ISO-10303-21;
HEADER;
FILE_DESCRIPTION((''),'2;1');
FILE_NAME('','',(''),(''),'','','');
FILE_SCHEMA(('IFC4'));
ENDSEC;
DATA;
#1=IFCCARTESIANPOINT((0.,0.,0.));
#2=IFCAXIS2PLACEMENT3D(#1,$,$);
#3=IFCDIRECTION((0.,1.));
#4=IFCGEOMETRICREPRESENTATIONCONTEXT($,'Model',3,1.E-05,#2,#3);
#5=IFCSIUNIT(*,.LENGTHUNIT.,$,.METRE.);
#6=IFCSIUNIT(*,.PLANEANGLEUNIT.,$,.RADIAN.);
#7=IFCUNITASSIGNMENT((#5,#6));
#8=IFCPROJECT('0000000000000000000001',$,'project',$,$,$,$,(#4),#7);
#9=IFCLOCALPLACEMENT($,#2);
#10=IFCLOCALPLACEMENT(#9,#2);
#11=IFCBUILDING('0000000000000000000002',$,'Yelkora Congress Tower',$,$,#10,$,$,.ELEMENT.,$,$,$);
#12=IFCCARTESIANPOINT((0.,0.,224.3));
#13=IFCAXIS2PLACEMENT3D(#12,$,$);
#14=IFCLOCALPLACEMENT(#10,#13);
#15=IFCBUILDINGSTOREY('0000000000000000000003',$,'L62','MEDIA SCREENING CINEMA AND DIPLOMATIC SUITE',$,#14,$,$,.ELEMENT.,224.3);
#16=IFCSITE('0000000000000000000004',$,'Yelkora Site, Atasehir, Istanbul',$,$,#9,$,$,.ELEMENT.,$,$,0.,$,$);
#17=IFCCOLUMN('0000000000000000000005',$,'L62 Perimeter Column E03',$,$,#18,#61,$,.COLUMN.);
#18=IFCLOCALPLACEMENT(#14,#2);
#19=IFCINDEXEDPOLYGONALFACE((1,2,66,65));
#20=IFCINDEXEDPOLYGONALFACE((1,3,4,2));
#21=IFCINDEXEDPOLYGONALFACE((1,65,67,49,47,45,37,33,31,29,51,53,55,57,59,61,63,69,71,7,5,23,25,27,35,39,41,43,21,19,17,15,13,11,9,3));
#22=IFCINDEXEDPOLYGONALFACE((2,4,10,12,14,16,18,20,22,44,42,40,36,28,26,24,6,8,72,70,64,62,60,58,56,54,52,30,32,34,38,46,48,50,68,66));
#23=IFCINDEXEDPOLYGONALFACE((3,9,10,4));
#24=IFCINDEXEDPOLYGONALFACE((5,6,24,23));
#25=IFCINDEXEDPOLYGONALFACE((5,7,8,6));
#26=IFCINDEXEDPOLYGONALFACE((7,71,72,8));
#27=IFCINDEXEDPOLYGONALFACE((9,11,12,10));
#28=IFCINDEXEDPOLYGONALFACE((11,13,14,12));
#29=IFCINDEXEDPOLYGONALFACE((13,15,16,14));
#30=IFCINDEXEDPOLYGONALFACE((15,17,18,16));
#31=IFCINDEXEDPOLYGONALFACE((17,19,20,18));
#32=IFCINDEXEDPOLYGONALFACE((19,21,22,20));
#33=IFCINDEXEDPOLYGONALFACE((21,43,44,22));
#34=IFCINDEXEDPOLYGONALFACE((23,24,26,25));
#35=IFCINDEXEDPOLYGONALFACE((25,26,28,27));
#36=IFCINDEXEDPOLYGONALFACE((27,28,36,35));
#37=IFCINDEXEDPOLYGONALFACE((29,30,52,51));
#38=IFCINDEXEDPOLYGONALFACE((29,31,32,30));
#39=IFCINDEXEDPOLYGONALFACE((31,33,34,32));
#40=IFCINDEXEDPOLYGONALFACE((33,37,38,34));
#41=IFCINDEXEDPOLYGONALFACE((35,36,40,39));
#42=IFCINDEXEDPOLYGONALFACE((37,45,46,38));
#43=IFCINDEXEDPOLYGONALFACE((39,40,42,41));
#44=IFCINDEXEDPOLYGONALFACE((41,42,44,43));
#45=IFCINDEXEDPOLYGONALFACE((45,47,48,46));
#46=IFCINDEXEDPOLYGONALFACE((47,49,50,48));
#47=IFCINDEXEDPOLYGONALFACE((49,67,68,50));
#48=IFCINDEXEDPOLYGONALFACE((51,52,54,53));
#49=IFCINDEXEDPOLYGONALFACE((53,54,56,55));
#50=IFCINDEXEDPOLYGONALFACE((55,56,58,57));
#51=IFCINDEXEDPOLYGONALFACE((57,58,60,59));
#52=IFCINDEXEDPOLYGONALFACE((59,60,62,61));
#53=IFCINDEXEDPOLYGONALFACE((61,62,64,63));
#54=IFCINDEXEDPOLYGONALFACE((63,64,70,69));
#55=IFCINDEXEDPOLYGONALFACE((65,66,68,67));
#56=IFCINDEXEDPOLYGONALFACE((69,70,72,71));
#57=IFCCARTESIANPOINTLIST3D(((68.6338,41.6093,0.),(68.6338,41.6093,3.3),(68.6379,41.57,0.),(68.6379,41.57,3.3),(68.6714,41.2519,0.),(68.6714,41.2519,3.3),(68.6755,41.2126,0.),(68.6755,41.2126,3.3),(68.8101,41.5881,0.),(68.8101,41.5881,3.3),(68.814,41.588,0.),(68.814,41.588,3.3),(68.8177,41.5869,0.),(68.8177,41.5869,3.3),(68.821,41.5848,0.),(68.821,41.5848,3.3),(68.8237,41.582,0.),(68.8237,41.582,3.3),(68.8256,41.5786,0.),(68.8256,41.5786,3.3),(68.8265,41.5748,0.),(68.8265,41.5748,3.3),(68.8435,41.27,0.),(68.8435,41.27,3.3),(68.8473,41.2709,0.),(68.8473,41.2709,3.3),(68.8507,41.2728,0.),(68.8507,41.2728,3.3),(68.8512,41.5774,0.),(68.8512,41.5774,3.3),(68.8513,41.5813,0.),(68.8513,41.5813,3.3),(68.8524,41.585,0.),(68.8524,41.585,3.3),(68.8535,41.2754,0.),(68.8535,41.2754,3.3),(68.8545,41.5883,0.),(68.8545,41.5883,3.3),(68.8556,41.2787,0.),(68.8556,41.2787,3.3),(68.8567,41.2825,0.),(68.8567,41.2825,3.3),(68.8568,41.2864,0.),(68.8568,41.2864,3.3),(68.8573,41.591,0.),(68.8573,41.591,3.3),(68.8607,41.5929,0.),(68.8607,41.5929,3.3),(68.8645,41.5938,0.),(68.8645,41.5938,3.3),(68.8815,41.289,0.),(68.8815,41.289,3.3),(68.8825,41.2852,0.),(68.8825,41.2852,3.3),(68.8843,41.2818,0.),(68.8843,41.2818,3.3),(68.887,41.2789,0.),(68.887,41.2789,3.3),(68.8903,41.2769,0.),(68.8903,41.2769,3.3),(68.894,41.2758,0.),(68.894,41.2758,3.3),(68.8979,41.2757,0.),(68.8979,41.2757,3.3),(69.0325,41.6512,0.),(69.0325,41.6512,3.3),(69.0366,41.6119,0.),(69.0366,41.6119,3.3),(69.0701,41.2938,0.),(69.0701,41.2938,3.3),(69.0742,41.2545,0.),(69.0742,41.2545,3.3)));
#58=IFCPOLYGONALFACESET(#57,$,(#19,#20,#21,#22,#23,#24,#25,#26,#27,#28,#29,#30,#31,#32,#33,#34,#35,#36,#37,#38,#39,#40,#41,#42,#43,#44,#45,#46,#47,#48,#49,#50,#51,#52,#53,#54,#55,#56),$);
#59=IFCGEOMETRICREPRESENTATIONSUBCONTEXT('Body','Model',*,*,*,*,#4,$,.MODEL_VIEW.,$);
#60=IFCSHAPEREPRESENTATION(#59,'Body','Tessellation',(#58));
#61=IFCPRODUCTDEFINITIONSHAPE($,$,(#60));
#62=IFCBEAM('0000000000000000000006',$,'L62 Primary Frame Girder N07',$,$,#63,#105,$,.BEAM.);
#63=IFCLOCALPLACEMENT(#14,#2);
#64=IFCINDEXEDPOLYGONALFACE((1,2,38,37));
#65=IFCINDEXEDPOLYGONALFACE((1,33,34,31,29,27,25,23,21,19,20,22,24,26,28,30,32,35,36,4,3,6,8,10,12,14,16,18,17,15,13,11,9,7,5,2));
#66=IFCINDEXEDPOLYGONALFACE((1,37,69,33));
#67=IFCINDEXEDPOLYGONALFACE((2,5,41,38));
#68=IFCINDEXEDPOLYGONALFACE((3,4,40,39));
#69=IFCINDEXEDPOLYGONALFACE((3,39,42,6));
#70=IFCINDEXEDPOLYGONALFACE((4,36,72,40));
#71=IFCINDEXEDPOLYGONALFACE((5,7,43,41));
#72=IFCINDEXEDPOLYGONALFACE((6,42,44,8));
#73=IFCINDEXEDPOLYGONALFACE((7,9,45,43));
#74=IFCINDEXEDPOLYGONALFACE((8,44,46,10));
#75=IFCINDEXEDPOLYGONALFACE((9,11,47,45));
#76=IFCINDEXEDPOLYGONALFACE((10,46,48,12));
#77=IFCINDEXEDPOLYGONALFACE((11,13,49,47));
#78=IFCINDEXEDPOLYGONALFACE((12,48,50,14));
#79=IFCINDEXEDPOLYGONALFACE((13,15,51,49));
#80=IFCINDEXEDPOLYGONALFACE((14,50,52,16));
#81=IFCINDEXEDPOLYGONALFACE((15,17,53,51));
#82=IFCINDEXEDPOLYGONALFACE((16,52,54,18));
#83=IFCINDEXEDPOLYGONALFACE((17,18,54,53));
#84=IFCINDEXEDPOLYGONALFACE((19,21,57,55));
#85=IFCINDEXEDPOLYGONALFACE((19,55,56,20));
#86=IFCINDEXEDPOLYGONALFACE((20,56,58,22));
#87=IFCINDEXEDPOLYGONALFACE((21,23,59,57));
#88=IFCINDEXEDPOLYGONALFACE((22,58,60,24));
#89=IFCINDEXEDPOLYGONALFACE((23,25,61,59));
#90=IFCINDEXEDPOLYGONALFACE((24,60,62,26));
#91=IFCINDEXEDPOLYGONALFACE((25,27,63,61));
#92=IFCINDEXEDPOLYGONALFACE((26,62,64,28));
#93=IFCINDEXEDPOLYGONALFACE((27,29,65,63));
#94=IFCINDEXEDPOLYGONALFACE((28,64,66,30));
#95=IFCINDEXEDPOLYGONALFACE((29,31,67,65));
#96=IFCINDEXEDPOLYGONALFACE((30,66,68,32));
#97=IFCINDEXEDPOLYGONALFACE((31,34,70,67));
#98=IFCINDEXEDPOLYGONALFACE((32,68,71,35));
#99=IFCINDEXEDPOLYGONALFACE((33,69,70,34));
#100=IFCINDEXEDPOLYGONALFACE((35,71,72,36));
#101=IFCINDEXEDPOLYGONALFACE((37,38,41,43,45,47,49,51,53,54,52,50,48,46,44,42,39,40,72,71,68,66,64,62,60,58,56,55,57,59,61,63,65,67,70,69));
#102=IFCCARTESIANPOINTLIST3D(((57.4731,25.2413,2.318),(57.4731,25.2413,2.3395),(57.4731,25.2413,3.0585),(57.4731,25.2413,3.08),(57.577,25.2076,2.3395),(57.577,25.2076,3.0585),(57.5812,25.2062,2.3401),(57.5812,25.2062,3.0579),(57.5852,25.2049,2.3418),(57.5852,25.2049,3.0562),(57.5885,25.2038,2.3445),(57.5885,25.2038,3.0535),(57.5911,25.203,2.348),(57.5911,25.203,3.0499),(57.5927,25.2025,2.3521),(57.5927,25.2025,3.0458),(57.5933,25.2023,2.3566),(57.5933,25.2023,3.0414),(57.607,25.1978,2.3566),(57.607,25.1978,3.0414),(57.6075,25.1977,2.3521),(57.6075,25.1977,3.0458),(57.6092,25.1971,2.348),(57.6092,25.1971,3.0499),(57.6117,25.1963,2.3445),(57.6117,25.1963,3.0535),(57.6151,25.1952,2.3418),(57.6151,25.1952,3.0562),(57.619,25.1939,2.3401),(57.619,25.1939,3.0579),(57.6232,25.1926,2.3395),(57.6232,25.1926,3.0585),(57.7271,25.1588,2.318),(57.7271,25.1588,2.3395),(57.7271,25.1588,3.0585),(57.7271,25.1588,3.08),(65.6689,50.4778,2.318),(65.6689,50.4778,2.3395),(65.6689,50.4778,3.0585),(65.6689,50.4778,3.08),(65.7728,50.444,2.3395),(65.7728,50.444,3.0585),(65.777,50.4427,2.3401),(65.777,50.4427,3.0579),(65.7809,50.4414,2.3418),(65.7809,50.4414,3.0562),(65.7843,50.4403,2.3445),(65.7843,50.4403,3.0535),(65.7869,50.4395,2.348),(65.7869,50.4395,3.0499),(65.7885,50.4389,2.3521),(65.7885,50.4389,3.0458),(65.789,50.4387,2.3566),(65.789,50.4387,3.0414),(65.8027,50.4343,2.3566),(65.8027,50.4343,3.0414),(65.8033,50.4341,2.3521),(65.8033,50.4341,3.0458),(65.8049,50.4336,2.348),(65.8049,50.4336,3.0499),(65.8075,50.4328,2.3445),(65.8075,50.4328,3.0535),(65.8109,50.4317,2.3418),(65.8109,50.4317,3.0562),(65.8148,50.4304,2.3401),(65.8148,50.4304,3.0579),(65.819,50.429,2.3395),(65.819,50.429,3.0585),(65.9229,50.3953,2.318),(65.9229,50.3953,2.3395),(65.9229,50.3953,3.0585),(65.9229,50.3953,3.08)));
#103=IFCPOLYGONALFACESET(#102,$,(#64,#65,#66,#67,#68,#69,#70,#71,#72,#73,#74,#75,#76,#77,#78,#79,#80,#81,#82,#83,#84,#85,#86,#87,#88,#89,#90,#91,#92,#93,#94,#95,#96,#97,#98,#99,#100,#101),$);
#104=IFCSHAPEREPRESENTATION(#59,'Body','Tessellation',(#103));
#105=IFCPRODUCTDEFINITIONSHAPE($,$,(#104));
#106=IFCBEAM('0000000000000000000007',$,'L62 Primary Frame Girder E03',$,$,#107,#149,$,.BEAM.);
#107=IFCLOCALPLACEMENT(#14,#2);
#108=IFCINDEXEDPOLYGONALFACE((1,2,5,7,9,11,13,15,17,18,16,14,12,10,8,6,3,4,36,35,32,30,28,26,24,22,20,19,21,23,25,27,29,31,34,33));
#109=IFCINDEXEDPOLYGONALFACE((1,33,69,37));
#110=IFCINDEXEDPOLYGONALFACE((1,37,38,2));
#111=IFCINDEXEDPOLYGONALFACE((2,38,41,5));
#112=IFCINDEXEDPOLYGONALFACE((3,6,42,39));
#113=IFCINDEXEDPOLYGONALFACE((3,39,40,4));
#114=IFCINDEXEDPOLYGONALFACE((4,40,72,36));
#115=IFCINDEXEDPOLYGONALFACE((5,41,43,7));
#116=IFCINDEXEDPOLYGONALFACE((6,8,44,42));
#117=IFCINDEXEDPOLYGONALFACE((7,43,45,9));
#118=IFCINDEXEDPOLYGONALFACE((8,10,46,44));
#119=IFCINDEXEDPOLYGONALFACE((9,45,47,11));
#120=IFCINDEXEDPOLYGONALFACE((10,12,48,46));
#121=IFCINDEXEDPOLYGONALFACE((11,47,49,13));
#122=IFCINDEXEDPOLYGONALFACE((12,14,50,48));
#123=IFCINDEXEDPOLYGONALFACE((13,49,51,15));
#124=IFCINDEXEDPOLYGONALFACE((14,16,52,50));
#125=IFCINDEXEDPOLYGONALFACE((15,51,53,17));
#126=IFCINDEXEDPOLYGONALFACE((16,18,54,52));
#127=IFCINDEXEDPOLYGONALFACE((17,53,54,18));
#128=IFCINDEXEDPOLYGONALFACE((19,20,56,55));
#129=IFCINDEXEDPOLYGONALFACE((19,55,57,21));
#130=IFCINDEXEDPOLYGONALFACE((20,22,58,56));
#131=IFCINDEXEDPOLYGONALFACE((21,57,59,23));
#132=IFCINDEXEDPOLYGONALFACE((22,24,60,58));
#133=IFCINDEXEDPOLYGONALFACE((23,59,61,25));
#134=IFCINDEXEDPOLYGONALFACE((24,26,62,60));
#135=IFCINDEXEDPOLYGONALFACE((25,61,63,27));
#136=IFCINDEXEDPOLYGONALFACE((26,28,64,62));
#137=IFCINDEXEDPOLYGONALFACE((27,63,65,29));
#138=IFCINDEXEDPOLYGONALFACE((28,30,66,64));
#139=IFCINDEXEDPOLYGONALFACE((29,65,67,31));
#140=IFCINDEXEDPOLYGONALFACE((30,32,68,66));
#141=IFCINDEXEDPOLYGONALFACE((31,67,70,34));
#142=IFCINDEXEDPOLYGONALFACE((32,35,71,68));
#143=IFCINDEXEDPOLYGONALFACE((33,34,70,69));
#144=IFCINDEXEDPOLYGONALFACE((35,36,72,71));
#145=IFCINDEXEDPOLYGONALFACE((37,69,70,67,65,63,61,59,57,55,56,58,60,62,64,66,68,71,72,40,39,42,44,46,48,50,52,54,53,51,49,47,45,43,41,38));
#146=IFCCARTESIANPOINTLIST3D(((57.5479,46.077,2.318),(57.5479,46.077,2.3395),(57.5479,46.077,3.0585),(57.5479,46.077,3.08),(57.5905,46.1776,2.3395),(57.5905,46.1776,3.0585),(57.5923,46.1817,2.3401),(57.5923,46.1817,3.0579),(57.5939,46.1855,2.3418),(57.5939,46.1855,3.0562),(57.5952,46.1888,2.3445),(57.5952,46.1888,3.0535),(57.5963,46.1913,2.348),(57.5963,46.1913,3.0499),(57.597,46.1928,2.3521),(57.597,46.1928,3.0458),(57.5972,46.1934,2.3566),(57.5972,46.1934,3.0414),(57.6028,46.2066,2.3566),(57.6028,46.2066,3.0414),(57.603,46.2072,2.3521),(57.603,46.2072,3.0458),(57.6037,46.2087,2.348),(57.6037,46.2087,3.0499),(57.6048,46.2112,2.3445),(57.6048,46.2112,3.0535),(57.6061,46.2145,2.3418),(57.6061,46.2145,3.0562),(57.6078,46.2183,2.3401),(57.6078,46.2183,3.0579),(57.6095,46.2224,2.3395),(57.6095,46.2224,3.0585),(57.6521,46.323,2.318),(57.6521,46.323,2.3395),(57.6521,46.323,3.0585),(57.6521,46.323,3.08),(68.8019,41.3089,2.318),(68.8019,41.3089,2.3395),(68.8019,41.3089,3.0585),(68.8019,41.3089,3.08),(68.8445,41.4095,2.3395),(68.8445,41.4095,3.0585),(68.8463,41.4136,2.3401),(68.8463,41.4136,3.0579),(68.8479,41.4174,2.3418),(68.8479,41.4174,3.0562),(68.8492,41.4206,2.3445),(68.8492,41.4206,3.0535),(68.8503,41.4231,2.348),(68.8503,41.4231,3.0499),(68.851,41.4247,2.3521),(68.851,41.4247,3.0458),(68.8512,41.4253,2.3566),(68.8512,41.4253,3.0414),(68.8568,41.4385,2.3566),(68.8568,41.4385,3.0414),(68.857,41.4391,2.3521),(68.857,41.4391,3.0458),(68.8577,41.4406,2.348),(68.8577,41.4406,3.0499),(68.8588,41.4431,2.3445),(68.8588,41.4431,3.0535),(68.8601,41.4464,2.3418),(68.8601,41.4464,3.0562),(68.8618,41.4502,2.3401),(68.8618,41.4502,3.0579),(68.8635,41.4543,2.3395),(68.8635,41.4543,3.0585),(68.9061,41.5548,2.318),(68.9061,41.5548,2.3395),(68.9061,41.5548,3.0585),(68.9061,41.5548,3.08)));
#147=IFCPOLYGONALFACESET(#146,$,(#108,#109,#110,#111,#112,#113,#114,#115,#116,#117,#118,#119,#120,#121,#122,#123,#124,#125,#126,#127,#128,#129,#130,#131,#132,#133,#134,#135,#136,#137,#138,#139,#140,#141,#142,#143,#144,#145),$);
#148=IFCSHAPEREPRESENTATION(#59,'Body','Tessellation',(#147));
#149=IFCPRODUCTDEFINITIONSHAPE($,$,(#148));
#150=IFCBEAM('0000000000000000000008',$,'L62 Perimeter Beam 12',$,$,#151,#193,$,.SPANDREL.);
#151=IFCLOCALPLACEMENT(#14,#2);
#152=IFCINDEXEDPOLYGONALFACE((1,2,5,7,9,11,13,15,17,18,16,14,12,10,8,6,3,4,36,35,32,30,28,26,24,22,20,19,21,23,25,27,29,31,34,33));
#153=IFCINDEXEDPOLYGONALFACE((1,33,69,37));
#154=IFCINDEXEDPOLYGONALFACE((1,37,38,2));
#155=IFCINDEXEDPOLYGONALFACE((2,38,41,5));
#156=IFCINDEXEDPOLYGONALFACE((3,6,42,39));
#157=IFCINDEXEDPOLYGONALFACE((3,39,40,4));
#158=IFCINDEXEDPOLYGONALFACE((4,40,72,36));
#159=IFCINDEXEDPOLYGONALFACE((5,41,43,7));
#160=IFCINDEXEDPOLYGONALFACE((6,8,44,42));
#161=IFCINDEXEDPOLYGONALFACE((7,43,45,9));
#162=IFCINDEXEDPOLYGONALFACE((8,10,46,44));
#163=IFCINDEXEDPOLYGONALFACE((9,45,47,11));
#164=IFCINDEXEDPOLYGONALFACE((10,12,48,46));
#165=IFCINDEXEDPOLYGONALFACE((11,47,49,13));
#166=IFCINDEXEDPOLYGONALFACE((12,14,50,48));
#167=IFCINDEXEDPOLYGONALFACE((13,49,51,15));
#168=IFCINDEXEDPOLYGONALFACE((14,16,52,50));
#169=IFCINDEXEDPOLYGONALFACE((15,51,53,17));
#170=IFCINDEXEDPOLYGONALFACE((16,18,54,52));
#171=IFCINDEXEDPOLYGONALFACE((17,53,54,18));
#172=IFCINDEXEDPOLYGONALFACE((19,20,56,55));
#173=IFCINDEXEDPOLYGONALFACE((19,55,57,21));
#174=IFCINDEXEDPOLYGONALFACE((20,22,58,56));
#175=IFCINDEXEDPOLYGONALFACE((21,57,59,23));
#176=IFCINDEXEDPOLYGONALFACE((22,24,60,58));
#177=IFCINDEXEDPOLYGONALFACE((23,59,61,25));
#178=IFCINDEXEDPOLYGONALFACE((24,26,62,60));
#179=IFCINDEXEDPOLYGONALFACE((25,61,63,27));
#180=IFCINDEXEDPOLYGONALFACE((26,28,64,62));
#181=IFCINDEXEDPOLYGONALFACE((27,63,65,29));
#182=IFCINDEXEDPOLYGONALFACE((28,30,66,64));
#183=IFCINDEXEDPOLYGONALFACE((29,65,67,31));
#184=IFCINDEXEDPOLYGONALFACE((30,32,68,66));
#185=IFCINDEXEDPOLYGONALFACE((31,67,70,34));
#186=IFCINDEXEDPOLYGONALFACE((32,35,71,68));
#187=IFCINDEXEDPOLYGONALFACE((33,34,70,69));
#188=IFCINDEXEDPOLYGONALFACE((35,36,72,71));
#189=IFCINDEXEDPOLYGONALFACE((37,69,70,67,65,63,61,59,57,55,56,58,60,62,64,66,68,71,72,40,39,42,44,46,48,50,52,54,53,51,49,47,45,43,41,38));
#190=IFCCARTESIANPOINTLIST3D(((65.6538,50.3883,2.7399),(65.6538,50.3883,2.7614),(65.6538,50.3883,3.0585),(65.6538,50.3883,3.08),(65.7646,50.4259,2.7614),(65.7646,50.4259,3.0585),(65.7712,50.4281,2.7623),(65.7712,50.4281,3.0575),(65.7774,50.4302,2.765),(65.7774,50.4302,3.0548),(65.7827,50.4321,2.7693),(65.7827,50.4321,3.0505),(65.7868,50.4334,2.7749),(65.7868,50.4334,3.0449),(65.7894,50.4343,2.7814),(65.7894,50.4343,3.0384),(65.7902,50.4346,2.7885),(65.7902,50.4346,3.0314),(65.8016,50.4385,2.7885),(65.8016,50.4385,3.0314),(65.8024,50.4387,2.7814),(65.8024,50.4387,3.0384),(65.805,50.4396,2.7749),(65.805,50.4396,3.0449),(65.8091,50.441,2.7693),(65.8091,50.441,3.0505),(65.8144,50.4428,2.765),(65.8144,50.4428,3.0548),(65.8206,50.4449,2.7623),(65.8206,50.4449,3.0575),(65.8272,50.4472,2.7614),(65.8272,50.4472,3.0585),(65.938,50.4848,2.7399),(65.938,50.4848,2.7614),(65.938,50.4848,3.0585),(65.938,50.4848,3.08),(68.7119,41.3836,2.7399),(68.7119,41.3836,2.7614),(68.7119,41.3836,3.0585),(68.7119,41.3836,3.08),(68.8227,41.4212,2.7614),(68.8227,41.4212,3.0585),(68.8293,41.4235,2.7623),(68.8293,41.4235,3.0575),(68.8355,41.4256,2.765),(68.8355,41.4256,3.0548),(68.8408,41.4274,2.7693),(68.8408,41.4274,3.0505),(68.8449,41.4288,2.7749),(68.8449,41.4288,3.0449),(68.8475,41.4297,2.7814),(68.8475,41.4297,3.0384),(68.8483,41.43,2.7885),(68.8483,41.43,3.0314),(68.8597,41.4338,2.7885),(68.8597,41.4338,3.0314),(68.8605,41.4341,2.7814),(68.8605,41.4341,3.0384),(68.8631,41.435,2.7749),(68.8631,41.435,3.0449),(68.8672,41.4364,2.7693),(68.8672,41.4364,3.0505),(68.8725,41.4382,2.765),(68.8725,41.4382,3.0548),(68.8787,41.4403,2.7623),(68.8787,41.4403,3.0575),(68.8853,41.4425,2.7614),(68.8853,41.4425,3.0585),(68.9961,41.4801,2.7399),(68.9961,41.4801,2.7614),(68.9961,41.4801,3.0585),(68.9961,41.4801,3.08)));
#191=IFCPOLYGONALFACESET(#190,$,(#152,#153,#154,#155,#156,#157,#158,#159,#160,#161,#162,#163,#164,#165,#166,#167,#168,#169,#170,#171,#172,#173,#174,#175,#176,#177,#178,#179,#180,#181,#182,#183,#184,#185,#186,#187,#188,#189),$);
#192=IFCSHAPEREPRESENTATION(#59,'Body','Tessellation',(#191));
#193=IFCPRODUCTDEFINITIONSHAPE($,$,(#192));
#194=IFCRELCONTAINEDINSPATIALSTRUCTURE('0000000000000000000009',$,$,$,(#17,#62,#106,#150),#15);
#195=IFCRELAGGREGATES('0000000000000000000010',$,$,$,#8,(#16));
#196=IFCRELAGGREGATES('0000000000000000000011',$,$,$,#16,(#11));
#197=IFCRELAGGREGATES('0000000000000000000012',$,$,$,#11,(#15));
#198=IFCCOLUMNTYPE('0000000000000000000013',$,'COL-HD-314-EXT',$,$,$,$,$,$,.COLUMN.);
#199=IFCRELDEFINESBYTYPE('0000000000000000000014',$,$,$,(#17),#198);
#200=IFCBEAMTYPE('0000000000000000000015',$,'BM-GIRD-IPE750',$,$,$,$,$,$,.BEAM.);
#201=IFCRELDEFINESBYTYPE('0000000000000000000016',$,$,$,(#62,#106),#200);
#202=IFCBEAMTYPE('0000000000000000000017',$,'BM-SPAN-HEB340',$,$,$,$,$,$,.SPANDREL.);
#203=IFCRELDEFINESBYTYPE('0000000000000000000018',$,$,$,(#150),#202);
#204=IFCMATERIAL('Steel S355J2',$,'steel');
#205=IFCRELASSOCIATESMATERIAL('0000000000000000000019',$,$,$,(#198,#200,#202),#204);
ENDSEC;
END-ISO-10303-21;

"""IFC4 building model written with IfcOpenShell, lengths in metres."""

from ifc_helpers import new_model, si_unit, direction, frame, origin, origin_2d, place, context, subcontext, project, spatial, i_section, extrude, material, material_profile, profile_set, type_object, element, save


model = new_model("IFC4")

# Units and contexts
model_context = context("Model", 3, precision=1e-05, world=origin(), true_north=direction((0.0, 1.0)))
body_context = subcontext(model_context, "Body", "Model", "MODEL_VIEW")
ifc_project = project(units=[si_unit("LENGTHUNIT", "METRE"), si_unit("PLANEANGLEUNIT", "RADIAN")], contexts=[model_context])

# Site, building, storey
site_placement = place(None, origin())
site = spatial("IfcSite", under=ifc_project, at=site_placement, Name="Yelkora Site, Atasehir, Istanbul", CompositionType="ELEMENT", RefElevation=0.0)
building_placement = place(site_placement, origin())
building = spatial("IfcBuilding", under=site, at=building_placement, Name="Yelkora Congress Tower", CompositionType="ELEMENT")
storey_placement = place(building_placement, frame((0.0, 0.0, 224.3)))
storey = spatial("IfcBuildingStorey", under=building, at=storey_placement, Name="L62", Description="MEDIA SCREENING CINEMA AND DIPLOMATIC SUITE", CompositionType="ELEMENT", Elevation=224.3)

# Column
ifc_material_1 = material(Name="Steel S355J2", Category="steel")
ifc_material_profile_1 = material_profile(ifc_material_1, i_section(OverallWidth=0.4009, OverallDepth=0.3989, WebThickness=0.0249, FlangeThickness=0.0396, FilletRadius=0.0149, at=origin_2d()), Name="HD 400x314")
ifc_profile_set_1 = profile_set([ifc_material_profile_1], Name="Steel S355J2")
column_type = type_object("IfcColumnType", Name="COL-HD-314-EXT", PredefinedType="COLUMN", material=ifc_profile_set_1)
column_placement = place(storey_placement, frame((68.854, 41.4319, 0.0), z_axis=(0.0, 0.0, 1.0), x_axis=(0.994522, 0.104528, 0.0)))
element("IfcColumn", 1, at=column_placement, inside=storey, type_object=column_type, Name="L62 Perimeter Column E03", PredefinedType="COLUMN", context=body_context, shape_type="SweptSolid", body=[
    extrude(i_section(OverallWidth=0.4009, OverallDepth=0.3989, WebThickness=0.0249, FlangeThickness=0.0396, FilletRadius=0.0149, at=origin_2d()), origin(), (0.0, 0.0, 1.0), 3.3),
])

# Beams
ifc_material_profile_2 = material_profile(ifc_material_1, i_section(OverallWidth=0.2671, OverallDepth=0.762, WebThickness=0.0144, FlangeThickness=0.0215, FilletRadius=0.0171, at=origin_2d()), Name="IPE 750x173")
ifc_profile_set_2 = profile_set([ifc_material_profile_2], Name="Steel S355J2")
beam_type_1 = type_object("IfcBeamType", Name="BM-GIRD-IPE750", PredefinedType="BEAM", material=ifc_profile_set_2)
beam_1_placement = place(storey_placement, frame((65.7959, 50.4365, 2.699), z_axis=(-0.308879, -0.951101, 0.0), x_axis=(0.951101, -0.308879, 0.0)))
element("IfcBeam", 2, at=beam_1_placement, inside=storey, type_object=beam_type_1, Name="L62 Primary Frame Girder N07", PredefinedType="BEAM", context=body_context, shape_type="SweptSolid", body=[
    extrude(i_section(OverallWidth=0.2671, OverallDepth=0.762, WebThickness=0.0144, FlangeThickness=0.0215, FilletRadius=0.0171, at=origin_2d()), origin(), (0.0, 0.0, 1.0), 26.5339),
])
beam_2_placement = place(storey_placement, frame((68.854, 41.4319, 2.699), z_axis=(-0.920768, 0.390112, 0.0), x_axis=(-0.390112, -0.920768, 0.0)))
element("IfcBeam", 3, at=beam_2_placement, inside=storey, type_object=beam_type_1, Name="L62 Primary Frame Girder E03", PredefinedType="BEAM", context=body_context, shape_type="SweptSolid", body=[
    extrude(i_section(OverallWidth=0.2671, OverallDepth=0.762, WebThickness=0.0144, FlangeThickness=0.0215, FilletRadius=0.0171, at=origin_2d()), origin(), (0.0, 0.0, 1.0), 12.2224),
])
ifc_material_profile_3 = material_profile(ifc_material_1, i_section(OverallWidth=0.3, OverallDepth=0.3401, WebThickness=0.012, FlangeThickness=0.0215, FilletRadius=0.0271, at=origin_2d()), Name="HEB 340")
ifc_profile_set_3 = profile_set([ifc_material_profile_3], Name="Steel S355J2")
beam_type_2 = type_object("IfcBeamType", Name="BM-SPAN-HEB340", PredefinedType="SPANDREL", material=ifc_profile_set_3)
beam_3_placement = place(storey_placement, frame((68.854, 41.4319, 2.9099), z_axis=(-0.321575, 0.946884, 0.0), x_axis=(-0.946884, -0.321575, 0.0)))
element("IfcBeam", 4, at=beam_3_placement, inside=storey, type_object=beam_type_2, Name="L62 Perimeter Beam 12", PredefinedType="SPANDREL", context=body_context, shape_type="SweptSolid", body=[
    extrude(i_section(OverallWidth=0.3, OverallDepth=0.3401, WebThickness=0.012, FlangeThickness=0.0215, FilletRadius=0.0271, at=origin_2d()), origin(), (0.0, 0.0, 1.0), 9.5098),
])

save(model, "model.ifc")
